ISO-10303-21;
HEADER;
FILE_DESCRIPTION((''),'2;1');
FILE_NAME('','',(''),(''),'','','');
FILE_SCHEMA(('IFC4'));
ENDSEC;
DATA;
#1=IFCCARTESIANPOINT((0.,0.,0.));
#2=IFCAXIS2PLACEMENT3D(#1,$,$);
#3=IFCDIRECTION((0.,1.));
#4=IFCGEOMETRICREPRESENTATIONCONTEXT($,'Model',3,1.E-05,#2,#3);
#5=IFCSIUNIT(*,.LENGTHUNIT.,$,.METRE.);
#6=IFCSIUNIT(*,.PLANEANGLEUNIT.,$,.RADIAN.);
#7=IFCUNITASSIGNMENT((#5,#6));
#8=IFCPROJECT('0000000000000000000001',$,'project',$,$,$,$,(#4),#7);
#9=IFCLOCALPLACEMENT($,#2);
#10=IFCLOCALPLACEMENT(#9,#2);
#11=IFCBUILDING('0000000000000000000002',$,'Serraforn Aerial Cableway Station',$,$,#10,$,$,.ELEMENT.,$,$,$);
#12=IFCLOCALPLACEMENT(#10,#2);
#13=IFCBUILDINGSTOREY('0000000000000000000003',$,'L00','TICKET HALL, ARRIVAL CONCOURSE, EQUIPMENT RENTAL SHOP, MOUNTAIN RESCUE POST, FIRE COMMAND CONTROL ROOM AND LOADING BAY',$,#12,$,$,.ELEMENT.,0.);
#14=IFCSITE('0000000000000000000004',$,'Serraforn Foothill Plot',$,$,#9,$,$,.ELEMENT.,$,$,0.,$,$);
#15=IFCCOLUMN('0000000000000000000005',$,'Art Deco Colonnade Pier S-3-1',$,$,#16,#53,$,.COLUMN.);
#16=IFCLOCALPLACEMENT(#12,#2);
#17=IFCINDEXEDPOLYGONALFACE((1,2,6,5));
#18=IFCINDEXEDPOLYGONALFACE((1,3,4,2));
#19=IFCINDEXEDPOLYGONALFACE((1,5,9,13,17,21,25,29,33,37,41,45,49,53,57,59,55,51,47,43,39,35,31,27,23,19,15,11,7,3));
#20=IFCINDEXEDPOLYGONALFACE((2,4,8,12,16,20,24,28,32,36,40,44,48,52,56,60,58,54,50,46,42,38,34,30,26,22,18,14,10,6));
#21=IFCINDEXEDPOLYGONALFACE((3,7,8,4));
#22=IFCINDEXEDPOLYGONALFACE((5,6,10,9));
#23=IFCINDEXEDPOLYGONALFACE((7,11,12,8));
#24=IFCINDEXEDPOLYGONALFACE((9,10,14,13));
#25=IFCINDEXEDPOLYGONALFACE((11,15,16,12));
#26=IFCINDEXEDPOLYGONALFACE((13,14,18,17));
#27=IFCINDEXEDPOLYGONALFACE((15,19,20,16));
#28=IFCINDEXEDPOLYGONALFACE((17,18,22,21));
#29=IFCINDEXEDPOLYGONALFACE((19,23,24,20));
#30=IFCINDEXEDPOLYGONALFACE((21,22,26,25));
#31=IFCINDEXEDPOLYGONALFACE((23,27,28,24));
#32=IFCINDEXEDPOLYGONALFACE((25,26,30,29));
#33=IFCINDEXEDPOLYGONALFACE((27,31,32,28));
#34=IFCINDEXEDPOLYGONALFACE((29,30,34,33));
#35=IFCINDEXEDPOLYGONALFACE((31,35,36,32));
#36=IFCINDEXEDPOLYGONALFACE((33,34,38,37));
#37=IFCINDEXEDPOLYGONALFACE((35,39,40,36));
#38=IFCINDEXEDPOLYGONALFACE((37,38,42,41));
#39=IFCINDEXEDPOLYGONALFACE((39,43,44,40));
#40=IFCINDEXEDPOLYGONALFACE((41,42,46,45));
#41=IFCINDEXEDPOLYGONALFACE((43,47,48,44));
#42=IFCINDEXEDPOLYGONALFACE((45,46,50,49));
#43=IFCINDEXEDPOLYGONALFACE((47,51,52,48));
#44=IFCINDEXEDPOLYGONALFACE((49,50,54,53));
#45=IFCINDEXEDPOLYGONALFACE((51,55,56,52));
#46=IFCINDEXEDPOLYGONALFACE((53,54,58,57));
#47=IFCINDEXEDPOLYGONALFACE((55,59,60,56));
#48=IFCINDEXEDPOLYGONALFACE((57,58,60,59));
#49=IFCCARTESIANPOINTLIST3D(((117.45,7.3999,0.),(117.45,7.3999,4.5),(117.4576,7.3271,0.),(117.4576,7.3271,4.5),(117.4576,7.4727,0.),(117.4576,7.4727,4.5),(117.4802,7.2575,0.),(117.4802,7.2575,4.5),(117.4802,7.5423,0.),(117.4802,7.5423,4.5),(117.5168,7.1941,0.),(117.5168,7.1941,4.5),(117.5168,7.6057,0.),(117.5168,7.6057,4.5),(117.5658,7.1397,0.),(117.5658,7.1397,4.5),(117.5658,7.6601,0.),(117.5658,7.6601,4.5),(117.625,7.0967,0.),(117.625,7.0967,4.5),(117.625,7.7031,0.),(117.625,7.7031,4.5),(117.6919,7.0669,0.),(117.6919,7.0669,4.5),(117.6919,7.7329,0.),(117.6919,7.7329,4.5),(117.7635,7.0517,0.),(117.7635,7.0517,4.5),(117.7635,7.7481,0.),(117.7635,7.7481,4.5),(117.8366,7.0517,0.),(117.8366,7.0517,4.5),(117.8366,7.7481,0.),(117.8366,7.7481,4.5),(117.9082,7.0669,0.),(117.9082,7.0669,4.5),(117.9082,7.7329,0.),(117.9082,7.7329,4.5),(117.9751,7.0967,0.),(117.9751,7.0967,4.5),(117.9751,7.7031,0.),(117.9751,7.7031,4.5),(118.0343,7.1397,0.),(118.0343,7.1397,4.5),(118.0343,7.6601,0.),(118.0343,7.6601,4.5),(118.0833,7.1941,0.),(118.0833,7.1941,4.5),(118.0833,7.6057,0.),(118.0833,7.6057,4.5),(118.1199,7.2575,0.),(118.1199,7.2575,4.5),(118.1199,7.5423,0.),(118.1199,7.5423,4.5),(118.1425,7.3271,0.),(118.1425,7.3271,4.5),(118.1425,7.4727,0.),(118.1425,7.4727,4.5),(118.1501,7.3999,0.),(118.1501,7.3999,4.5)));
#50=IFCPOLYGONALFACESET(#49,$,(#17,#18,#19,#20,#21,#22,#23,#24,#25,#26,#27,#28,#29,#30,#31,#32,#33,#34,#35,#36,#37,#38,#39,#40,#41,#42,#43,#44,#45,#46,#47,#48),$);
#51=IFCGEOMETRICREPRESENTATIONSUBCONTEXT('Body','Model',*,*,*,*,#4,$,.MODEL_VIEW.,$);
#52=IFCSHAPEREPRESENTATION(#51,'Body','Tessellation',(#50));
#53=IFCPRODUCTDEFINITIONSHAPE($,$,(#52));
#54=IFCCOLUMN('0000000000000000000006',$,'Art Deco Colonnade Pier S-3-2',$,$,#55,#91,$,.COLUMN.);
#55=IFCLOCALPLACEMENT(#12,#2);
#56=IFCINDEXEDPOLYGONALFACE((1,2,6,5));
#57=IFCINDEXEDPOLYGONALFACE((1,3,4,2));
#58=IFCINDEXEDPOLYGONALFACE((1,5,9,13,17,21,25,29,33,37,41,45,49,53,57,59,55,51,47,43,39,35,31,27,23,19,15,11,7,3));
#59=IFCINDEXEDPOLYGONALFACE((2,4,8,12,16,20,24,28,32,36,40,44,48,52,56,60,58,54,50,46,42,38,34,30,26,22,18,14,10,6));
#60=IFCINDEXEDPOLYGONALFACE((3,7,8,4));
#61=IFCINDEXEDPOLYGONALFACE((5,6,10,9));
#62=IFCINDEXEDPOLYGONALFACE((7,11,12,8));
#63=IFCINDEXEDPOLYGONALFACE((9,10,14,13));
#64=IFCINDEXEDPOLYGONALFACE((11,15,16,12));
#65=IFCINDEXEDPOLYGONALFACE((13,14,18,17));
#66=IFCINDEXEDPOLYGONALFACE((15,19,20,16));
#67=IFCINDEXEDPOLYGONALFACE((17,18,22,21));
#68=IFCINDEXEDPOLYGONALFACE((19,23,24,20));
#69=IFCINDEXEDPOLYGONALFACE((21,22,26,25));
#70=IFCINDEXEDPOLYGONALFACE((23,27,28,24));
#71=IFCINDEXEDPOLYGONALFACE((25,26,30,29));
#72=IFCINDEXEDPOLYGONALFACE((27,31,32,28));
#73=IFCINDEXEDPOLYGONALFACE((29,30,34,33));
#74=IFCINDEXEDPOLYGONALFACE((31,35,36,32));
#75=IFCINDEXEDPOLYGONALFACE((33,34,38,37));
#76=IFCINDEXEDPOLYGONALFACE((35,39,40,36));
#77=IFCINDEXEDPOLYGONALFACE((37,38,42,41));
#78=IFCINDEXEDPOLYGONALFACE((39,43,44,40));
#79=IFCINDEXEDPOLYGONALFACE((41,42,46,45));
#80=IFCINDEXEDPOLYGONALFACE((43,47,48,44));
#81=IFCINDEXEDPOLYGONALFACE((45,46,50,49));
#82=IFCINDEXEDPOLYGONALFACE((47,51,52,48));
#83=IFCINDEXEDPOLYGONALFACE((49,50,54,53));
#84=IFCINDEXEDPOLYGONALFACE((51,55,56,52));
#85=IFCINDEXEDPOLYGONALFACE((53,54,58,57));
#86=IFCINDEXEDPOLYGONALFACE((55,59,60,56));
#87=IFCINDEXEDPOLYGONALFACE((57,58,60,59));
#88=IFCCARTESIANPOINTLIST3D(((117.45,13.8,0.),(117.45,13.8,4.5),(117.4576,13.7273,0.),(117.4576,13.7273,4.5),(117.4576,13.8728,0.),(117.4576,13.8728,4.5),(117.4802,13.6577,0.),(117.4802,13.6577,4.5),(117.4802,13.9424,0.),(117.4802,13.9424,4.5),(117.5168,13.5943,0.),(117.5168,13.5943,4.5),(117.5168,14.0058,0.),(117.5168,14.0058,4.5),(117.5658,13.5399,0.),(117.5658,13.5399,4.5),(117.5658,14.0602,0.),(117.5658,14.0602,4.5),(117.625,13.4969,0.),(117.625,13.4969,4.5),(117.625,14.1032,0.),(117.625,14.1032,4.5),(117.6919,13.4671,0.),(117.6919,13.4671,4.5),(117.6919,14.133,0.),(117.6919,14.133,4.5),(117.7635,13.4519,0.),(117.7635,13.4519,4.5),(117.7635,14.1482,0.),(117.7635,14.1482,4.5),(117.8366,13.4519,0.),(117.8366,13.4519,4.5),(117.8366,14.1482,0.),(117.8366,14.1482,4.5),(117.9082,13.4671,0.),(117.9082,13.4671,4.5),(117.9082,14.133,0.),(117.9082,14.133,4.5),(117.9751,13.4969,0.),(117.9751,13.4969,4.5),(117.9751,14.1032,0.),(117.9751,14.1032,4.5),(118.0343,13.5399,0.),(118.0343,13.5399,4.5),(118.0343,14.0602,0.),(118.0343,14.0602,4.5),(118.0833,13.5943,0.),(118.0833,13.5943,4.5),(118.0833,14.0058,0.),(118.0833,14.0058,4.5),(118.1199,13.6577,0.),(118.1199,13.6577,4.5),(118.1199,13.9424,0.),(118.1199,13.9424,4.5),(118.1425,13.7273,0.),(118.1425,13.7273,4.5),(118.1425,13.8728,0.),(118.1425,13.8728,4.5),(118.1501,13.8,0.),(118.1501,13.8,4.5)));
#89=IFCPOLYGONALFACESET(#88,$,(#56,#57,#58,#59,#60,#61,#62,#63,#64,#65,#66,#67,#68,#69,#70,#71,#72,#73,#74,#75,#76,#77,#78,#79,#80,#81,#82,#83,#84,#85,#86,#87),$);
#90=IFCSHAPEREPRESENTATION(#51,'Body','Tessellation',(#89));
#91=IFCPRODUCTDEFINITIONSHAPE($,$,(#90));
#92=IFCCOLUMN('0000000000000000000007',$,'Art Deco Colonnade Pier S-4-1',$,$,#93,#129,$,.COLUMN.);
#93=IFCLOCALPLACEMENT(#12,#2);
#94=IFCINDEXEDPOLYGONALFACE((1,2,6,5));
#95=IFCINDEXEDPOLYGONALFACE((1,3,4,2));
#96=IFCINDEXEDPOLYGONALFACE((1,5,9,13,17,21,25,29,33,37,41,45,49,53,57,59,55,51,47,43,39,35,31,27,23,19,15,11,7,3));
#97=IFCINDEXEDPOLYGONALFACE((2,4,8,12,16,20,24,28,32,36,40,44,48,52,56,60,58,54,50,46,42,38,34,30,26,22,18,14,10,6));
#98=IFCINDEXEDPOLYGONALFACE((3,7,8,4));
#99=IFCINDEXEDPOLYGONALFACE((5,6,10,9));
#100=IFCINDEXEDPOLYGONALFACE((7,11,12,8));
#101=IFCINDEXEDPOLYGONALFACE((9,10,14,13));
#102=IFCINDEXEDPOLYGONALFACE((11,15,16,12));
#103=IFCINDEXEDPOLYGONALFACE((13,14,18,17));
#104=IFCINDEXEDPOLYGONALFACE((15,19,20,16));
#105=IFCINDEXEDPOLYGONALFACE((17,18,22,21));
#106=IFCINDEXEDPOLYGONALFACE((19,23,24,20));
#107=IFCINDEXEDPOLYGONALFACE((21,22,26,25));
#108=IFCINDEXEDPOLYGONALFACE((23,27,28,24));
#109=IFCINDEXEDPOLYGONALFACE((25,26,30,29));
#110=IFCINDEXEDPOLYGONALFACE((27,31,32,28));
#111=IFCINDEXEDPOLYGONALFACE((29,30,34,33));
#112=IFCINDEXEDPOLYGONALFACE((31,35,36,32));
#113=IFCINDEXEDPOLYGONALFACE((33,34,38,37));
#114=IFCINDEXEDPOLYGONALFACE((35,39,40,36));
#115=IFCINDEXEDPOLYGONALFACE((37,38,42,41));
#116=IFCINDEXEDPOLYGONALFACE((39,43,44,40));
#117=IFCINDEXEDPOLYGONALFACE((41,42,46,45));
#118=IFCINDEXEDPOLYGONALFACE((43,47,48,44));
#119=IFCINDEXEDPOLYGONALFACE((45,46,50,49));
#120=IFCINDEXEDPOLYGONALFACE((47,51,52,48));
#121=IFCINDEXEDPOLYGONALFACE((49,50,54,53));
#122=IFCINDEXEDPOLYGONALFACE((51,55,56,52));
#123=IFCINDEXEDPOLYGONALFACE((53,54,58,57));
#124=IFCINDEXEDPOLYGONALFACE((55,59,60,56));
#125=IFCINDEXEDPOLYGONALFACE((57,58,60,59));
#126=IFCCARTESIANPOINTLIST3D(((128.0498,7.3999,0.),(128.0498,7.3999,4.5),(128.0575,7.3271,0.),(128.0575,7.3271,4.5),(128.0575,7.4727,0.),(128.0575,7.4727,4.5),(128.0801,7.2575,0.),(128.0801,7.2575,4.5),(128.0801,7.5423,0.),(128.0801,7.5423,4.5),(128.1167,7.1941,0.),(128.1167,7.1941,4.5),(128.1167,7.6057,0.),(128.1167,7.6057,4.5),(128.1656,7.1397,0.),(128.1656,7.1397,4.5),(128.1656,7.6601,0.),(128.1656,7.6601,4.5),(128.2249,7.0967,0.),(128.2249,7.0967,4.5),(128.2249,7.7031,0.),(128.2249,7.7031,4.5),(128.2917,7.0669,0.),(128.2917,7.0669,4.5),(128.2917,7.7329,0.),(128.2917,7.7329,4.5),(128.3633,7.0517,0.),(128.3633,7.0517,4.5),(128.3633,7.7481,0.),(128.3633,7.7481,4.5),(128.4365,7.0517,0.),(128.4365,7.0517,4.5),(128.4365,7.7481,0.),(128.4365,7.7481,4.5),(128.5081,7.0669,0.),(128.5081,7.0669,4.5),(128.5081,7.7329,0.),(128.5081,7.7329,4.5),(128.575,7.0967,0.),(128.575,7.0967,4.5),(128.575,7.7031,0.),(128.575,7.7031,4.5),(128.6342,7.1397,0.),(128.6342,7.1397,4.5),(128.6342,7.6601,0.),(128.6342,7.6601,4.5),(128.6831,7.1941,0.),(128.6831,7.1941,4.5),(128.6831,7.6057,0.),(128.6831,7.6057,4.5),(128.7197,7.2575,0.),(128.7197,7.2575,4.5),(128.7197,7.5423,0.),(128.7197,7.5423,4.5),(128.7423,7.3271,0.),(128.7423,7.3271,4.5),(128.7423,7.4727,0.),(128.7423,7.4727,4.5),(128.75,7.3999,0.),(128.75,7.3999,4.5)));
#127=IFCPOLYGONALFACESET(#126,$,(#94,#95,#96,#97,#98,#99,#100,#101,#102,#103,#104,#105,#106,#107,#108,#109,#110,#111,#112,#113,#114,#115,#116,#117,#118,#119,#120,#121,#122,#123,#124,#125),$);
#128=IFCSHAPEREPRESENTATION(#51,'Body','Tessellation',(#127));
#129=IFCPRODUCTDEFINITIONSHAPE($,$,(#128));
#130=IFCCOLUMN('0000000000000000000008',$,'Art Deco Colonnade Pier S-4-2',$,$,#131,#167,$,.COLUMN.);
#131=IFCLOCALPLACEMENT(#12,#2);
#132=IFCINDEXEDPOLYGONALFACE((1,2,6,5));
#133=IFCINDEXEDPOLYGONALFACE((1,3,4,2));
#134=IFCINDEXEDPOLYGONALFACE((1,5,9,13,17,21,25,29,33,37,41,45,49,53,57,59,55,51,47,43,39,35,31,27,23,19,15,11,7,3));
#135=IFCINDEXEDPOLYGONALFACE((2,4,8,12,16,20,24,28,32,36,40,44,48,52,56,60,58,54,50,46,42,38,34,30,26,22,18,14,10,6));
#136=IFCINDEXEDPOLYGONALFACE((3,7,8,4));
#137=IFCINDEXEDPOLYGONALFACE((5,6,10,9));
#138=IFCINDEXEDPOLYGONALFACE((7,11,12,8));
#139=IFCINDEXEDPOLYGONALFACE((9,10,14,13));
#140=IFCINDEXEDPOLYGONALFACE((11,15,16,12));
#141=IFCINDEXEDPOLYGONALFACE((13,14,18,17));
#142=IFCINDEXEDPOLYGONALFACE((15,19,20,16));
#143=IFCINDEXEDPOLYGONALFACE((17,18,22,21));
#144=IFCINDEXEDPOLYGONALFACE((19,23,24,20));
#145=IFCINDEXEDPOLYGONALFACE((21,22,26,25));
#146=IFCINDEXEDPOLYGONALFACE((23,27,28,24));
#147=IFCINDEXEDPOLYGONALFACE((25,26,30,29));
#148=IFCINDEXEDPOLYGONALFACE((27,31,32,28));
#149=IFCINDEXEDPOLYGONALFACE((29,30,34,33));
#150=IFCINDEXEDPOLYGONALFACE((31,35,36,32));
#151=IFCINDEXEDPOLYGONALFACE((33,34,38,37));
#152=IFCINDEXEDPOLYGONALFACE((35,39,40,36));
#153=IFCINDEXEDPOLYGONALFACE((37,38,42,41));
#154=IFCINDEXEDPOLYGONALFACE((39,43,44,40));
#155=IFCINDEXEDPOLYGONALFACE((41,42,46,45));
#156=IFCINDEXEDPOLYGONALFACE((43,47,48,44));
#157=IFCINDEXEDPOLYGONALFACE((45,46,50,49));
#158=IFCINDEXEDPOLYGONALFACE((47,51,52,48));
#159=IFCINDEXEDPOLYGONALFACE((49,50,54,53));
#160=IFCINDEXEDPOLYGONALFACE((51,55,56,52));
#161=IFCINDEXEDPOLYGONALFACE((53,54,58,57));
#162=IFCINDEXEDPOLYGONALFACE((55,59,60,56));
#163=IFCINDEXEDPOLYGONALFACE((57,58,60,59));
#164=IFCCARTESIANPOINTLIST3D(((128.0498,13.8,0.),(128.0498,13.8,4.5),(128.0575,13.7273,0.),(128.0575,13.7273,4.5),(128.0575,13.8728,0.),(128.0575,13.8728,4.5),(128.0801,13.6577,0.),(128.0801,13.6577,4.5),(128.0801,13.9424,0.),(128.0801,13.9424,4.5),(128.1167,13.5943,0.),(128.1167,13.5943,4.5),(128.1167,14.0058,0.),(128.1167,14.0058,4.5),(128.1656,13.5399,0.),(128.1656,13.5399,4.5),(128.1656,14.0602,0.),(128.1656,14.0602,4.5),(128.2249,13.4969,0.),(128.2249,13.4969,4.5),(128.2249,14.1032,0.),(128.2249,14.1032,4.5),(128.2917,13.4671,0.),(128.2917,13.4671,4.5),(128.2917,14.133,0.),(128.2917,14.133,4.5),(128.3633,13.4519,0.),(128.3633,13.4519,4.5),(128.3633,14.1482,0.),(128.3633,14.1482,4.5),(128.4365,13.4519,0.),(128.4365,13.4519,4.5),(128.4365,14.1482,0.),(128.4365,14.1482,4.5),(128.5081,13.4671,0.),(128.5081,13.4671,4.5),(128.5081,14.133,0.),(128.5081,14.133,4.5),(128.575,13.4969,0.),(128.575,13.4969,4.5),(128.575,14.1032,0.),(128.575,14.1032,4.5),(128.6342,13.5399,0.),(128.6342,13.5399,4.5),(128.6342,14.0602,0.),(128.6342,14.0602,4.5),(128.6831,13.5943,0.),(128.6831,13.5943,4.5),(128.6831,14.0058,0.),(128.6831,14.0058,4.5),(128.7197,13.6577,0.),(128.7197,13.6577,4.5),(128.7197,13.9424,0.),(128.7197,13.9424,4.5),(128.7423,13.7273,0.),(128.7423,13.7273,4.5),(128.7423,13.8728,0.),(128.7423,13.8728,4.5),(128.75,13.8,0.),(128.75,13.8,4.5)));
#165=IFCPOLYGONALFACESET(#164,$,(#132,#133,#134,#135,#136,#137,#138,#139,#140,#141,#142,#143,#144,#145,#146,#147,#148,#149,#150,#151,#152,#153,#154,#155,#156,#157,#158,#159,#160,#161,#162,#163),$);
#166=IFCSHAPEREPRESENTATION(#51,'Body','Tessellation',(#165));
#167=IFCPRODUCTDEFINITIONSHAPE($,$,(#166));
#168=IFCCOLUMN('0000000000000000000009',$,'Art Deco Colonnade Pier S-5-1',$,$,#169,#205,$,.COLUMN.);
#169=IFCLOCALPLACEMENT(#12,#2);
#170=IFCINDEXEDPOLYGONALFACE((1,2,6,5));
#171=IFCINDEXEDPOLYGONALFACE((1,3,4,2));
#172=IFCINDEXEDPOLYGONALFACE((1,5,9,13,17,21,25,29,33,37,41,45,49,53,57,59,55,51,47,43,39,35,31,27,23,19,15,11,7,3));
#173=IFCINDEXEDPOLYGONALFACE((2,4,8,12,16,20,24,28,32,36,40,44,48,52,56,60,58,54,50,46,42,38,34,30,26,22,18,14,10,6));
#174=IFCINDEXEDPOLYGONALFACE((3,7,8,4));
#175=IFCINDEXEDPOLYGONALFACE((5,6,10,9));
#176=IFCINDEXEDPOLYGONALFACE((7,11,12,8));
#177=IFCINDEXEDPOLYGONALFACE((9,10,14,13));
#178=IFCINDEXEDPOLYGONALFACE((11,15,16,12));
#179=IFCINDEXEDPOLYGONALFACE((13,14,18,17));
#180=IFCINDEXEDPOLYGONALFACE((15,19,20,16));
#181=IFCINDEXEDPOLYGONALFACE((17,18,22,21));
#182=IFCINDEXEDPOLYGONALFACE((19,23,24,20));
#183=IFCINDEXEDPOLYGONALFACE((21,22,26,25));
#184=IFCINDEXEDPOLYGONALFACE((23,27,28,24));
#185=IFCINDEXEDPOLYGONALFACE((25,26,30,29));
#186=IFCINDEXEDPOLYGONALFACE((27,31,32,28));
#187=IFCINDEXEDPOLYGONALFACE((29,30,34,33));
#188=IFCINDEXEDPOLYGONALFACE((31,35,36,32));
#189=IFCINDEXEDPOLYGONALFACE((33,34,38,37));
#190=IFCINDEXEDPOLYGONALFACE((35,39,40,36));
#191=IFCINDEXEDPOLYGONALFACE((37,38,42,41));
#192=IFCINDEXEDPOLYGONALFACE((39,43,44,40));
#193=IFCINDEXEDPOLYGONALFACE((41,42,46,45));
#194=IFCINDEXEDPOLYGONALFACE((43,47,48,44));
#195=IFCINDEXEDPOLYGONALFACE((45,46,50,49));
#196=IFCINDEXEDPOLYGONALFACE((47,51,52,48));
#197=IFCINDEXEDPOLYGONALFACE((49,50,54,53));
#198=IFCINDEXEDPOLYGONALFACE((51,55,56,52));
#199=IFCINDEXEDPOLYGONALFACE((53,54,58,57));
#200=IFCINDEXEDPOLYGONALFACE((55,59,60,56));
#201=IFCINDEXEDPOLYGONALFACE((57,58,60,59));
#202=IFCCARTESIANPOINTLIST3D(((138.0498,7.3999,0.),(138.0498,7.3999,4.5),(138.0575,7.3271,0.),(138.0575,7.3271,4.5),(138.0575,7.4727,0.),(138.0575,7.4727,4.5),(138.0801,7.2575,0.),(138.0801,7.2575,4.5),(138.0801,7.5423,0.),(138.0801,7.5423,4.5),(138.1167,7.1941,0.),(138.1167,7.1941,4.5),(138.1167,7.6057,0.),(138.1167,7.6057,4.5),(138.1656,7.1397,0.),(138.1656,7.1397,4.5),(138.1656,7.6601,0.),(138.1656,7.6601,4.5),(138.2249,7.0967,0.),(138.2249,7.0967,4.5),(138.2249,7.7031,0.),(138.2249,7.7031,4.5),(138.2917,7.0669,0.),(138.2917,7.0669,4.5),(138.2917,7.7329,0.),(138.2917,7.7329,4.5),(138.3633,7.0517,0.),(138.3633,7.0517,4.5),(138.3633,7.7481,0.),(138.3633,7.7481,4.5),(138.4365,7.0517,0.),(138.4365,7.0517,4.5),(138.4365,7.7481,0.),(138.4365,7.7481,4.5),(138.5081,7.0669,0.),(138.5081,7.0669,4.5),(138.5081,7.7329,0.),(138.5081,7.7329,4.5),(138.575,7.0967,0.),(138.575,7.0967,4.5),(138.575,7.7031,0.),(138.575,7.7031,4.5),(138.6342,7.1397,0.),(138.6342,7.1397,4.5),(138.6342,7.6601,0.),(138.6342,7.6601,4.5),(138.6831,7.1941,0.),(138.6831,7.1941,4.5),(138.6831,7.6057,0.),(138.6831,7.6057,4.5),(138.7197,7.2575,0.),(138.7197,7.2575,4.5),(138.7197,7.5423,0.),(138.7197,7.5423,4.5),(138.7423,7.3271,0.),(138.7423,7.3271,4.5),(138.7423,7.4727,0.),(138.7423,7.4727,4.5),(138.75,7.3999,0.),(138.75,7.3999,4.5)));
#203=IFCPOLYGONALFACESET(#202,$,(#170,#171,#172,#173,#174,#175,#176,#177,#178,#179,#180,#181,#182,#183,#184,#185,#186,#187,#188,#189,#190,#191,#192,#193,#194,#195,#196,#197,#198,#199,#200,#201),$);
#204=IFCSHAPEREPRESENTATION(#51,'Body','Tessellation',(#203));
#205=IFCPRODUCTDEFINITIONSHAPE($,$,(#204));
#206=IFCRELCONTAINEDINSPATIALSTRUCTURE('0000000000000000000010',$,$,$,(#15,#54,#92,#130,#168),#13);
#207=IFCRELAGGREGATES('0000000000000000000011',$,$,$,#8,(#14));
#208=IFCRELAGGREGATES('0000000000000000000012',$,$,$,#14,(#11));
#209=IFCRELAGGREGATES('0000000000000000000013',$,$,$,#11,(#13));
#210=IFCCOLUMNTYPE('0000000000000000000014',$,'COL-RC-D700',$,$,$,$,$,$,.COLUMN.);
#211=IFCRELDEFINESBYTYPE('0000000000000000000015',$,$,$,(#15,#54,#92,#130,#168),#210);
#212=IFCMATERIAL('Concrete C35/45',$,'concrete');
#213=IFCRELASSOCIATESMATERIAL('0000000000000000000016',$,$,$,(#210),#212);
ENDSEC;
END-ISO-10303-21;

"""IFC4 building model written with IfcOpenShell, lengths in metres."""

from ifc_helpers import new_model, si_unit, direction, frame, origin, origin_2d, place, context, subcontext, project, spatial, circle, extrude, material, material_profile, profile_set, type_object, element, save


model = new_model("IFC4")

# Units and contexts
model_context = context("Model", 3, precision=1e-05, world=origin(), true_north=direction((0.0, 1.0)))
body_context = subcontext(model_context, "Body", "Model", "MODEL_VIEW")
ifc_project = project(units=[si_unit("LENGTHUNIT", "METRE"), si_unit("PLANEANGLEUNIT", "RADIAN")], contexts=[model_context])

# Site, building, storey
site_placement = place(None, origin())
site = spatial("IfcSite", under=ifc_project, at=site_placement, Name="Serraforn Foothill Plot", CompositionType="ELEMENT", RefElevation=0.0)
building_placement = place(site_placement, origin())
building = spatial("IfcBuilding", under=site, at=building_placement, Name="Serraforn Aerial Cableway Station", CompositionType="ELEMENT")
storey_placement = place(building_placement, origin())
storey = spatial("IfcBuildingStorey", under=building, at=storey_placement, Name="L00", Description="TICKET HALL, ARRIVAL CONCOURSE, EQUIPMENT RENTAL SHOP, MOUNTAIN RESCUE POST, FIRE COMMAND CONTROL ROOM AND LOADING BAY", CompositionType="ELEMENT", Elevation=0.0)

# Shared definitions
ifc_material_1 = material(Name="Concrete C35/45", Category="concrete")

# Columns
ifc_material_profile_1 = material_profile(ifc_material_1, circle(Radius=0.3501, at=origin_2d()), Name="RC D700")
ifc_profile_set_1 = profile_set([ifc_material_profile_1], Name="Concrete C35/45")
column_type_1 = type_object("IfcColumnType", Name="COL-RC-D700", PredefinedType="COLUMN", material=ifc_profile_set_1)
for number, where, z_axis, x_axis, name in (
    (1, (117.8, 7.3999, 0.0), (0.0, 0.0, 1.0), (1.0, 0.0, 0.0), "Art Deco Colonnade Pier S-3-1"),
    (2, (117.8, 13.8, 0.0), (0.0, 0.0, 1.0), (1.0, 0.0, 0.0), "Art Deco Colonnade Pier S-3-2"),
    (3, (128.3999, 7.3999, 0.0), (0.0, 0.0, 1.0), (1.0, 0.0, 0.0), "Art Deco Colonnade Pier S-4-1"),
    (4, (128.3999, 13.8, 0.0), (0.0, 0.0, 1.0), (1.0, 0.0, 0.0), "Art Deco Colonnade Pier S-4-2"),
    (5, (138.3999, 7.3999, 0.0), (0.0, 0.0, 1.0), (1.0, 0.0, 0.0), "Art Deco Colonnade Pier S-5-1"),
):
    element("IfcColumn", number, at=place(storey_placement, frame(where, z_axis=z_axis, x_axis=x_axis)), inside=storey, type_object=column_type_1, Name=name, PredefinedType="COLUMN", context=body_context, shape_type="SweptSolid", body=[
        extrude(circle(Radius=0.3501, at=origin_2d()), origin(), (0.0, 0.0, 1.0), 4.5),
    ])

save(model, "model.ifc")
